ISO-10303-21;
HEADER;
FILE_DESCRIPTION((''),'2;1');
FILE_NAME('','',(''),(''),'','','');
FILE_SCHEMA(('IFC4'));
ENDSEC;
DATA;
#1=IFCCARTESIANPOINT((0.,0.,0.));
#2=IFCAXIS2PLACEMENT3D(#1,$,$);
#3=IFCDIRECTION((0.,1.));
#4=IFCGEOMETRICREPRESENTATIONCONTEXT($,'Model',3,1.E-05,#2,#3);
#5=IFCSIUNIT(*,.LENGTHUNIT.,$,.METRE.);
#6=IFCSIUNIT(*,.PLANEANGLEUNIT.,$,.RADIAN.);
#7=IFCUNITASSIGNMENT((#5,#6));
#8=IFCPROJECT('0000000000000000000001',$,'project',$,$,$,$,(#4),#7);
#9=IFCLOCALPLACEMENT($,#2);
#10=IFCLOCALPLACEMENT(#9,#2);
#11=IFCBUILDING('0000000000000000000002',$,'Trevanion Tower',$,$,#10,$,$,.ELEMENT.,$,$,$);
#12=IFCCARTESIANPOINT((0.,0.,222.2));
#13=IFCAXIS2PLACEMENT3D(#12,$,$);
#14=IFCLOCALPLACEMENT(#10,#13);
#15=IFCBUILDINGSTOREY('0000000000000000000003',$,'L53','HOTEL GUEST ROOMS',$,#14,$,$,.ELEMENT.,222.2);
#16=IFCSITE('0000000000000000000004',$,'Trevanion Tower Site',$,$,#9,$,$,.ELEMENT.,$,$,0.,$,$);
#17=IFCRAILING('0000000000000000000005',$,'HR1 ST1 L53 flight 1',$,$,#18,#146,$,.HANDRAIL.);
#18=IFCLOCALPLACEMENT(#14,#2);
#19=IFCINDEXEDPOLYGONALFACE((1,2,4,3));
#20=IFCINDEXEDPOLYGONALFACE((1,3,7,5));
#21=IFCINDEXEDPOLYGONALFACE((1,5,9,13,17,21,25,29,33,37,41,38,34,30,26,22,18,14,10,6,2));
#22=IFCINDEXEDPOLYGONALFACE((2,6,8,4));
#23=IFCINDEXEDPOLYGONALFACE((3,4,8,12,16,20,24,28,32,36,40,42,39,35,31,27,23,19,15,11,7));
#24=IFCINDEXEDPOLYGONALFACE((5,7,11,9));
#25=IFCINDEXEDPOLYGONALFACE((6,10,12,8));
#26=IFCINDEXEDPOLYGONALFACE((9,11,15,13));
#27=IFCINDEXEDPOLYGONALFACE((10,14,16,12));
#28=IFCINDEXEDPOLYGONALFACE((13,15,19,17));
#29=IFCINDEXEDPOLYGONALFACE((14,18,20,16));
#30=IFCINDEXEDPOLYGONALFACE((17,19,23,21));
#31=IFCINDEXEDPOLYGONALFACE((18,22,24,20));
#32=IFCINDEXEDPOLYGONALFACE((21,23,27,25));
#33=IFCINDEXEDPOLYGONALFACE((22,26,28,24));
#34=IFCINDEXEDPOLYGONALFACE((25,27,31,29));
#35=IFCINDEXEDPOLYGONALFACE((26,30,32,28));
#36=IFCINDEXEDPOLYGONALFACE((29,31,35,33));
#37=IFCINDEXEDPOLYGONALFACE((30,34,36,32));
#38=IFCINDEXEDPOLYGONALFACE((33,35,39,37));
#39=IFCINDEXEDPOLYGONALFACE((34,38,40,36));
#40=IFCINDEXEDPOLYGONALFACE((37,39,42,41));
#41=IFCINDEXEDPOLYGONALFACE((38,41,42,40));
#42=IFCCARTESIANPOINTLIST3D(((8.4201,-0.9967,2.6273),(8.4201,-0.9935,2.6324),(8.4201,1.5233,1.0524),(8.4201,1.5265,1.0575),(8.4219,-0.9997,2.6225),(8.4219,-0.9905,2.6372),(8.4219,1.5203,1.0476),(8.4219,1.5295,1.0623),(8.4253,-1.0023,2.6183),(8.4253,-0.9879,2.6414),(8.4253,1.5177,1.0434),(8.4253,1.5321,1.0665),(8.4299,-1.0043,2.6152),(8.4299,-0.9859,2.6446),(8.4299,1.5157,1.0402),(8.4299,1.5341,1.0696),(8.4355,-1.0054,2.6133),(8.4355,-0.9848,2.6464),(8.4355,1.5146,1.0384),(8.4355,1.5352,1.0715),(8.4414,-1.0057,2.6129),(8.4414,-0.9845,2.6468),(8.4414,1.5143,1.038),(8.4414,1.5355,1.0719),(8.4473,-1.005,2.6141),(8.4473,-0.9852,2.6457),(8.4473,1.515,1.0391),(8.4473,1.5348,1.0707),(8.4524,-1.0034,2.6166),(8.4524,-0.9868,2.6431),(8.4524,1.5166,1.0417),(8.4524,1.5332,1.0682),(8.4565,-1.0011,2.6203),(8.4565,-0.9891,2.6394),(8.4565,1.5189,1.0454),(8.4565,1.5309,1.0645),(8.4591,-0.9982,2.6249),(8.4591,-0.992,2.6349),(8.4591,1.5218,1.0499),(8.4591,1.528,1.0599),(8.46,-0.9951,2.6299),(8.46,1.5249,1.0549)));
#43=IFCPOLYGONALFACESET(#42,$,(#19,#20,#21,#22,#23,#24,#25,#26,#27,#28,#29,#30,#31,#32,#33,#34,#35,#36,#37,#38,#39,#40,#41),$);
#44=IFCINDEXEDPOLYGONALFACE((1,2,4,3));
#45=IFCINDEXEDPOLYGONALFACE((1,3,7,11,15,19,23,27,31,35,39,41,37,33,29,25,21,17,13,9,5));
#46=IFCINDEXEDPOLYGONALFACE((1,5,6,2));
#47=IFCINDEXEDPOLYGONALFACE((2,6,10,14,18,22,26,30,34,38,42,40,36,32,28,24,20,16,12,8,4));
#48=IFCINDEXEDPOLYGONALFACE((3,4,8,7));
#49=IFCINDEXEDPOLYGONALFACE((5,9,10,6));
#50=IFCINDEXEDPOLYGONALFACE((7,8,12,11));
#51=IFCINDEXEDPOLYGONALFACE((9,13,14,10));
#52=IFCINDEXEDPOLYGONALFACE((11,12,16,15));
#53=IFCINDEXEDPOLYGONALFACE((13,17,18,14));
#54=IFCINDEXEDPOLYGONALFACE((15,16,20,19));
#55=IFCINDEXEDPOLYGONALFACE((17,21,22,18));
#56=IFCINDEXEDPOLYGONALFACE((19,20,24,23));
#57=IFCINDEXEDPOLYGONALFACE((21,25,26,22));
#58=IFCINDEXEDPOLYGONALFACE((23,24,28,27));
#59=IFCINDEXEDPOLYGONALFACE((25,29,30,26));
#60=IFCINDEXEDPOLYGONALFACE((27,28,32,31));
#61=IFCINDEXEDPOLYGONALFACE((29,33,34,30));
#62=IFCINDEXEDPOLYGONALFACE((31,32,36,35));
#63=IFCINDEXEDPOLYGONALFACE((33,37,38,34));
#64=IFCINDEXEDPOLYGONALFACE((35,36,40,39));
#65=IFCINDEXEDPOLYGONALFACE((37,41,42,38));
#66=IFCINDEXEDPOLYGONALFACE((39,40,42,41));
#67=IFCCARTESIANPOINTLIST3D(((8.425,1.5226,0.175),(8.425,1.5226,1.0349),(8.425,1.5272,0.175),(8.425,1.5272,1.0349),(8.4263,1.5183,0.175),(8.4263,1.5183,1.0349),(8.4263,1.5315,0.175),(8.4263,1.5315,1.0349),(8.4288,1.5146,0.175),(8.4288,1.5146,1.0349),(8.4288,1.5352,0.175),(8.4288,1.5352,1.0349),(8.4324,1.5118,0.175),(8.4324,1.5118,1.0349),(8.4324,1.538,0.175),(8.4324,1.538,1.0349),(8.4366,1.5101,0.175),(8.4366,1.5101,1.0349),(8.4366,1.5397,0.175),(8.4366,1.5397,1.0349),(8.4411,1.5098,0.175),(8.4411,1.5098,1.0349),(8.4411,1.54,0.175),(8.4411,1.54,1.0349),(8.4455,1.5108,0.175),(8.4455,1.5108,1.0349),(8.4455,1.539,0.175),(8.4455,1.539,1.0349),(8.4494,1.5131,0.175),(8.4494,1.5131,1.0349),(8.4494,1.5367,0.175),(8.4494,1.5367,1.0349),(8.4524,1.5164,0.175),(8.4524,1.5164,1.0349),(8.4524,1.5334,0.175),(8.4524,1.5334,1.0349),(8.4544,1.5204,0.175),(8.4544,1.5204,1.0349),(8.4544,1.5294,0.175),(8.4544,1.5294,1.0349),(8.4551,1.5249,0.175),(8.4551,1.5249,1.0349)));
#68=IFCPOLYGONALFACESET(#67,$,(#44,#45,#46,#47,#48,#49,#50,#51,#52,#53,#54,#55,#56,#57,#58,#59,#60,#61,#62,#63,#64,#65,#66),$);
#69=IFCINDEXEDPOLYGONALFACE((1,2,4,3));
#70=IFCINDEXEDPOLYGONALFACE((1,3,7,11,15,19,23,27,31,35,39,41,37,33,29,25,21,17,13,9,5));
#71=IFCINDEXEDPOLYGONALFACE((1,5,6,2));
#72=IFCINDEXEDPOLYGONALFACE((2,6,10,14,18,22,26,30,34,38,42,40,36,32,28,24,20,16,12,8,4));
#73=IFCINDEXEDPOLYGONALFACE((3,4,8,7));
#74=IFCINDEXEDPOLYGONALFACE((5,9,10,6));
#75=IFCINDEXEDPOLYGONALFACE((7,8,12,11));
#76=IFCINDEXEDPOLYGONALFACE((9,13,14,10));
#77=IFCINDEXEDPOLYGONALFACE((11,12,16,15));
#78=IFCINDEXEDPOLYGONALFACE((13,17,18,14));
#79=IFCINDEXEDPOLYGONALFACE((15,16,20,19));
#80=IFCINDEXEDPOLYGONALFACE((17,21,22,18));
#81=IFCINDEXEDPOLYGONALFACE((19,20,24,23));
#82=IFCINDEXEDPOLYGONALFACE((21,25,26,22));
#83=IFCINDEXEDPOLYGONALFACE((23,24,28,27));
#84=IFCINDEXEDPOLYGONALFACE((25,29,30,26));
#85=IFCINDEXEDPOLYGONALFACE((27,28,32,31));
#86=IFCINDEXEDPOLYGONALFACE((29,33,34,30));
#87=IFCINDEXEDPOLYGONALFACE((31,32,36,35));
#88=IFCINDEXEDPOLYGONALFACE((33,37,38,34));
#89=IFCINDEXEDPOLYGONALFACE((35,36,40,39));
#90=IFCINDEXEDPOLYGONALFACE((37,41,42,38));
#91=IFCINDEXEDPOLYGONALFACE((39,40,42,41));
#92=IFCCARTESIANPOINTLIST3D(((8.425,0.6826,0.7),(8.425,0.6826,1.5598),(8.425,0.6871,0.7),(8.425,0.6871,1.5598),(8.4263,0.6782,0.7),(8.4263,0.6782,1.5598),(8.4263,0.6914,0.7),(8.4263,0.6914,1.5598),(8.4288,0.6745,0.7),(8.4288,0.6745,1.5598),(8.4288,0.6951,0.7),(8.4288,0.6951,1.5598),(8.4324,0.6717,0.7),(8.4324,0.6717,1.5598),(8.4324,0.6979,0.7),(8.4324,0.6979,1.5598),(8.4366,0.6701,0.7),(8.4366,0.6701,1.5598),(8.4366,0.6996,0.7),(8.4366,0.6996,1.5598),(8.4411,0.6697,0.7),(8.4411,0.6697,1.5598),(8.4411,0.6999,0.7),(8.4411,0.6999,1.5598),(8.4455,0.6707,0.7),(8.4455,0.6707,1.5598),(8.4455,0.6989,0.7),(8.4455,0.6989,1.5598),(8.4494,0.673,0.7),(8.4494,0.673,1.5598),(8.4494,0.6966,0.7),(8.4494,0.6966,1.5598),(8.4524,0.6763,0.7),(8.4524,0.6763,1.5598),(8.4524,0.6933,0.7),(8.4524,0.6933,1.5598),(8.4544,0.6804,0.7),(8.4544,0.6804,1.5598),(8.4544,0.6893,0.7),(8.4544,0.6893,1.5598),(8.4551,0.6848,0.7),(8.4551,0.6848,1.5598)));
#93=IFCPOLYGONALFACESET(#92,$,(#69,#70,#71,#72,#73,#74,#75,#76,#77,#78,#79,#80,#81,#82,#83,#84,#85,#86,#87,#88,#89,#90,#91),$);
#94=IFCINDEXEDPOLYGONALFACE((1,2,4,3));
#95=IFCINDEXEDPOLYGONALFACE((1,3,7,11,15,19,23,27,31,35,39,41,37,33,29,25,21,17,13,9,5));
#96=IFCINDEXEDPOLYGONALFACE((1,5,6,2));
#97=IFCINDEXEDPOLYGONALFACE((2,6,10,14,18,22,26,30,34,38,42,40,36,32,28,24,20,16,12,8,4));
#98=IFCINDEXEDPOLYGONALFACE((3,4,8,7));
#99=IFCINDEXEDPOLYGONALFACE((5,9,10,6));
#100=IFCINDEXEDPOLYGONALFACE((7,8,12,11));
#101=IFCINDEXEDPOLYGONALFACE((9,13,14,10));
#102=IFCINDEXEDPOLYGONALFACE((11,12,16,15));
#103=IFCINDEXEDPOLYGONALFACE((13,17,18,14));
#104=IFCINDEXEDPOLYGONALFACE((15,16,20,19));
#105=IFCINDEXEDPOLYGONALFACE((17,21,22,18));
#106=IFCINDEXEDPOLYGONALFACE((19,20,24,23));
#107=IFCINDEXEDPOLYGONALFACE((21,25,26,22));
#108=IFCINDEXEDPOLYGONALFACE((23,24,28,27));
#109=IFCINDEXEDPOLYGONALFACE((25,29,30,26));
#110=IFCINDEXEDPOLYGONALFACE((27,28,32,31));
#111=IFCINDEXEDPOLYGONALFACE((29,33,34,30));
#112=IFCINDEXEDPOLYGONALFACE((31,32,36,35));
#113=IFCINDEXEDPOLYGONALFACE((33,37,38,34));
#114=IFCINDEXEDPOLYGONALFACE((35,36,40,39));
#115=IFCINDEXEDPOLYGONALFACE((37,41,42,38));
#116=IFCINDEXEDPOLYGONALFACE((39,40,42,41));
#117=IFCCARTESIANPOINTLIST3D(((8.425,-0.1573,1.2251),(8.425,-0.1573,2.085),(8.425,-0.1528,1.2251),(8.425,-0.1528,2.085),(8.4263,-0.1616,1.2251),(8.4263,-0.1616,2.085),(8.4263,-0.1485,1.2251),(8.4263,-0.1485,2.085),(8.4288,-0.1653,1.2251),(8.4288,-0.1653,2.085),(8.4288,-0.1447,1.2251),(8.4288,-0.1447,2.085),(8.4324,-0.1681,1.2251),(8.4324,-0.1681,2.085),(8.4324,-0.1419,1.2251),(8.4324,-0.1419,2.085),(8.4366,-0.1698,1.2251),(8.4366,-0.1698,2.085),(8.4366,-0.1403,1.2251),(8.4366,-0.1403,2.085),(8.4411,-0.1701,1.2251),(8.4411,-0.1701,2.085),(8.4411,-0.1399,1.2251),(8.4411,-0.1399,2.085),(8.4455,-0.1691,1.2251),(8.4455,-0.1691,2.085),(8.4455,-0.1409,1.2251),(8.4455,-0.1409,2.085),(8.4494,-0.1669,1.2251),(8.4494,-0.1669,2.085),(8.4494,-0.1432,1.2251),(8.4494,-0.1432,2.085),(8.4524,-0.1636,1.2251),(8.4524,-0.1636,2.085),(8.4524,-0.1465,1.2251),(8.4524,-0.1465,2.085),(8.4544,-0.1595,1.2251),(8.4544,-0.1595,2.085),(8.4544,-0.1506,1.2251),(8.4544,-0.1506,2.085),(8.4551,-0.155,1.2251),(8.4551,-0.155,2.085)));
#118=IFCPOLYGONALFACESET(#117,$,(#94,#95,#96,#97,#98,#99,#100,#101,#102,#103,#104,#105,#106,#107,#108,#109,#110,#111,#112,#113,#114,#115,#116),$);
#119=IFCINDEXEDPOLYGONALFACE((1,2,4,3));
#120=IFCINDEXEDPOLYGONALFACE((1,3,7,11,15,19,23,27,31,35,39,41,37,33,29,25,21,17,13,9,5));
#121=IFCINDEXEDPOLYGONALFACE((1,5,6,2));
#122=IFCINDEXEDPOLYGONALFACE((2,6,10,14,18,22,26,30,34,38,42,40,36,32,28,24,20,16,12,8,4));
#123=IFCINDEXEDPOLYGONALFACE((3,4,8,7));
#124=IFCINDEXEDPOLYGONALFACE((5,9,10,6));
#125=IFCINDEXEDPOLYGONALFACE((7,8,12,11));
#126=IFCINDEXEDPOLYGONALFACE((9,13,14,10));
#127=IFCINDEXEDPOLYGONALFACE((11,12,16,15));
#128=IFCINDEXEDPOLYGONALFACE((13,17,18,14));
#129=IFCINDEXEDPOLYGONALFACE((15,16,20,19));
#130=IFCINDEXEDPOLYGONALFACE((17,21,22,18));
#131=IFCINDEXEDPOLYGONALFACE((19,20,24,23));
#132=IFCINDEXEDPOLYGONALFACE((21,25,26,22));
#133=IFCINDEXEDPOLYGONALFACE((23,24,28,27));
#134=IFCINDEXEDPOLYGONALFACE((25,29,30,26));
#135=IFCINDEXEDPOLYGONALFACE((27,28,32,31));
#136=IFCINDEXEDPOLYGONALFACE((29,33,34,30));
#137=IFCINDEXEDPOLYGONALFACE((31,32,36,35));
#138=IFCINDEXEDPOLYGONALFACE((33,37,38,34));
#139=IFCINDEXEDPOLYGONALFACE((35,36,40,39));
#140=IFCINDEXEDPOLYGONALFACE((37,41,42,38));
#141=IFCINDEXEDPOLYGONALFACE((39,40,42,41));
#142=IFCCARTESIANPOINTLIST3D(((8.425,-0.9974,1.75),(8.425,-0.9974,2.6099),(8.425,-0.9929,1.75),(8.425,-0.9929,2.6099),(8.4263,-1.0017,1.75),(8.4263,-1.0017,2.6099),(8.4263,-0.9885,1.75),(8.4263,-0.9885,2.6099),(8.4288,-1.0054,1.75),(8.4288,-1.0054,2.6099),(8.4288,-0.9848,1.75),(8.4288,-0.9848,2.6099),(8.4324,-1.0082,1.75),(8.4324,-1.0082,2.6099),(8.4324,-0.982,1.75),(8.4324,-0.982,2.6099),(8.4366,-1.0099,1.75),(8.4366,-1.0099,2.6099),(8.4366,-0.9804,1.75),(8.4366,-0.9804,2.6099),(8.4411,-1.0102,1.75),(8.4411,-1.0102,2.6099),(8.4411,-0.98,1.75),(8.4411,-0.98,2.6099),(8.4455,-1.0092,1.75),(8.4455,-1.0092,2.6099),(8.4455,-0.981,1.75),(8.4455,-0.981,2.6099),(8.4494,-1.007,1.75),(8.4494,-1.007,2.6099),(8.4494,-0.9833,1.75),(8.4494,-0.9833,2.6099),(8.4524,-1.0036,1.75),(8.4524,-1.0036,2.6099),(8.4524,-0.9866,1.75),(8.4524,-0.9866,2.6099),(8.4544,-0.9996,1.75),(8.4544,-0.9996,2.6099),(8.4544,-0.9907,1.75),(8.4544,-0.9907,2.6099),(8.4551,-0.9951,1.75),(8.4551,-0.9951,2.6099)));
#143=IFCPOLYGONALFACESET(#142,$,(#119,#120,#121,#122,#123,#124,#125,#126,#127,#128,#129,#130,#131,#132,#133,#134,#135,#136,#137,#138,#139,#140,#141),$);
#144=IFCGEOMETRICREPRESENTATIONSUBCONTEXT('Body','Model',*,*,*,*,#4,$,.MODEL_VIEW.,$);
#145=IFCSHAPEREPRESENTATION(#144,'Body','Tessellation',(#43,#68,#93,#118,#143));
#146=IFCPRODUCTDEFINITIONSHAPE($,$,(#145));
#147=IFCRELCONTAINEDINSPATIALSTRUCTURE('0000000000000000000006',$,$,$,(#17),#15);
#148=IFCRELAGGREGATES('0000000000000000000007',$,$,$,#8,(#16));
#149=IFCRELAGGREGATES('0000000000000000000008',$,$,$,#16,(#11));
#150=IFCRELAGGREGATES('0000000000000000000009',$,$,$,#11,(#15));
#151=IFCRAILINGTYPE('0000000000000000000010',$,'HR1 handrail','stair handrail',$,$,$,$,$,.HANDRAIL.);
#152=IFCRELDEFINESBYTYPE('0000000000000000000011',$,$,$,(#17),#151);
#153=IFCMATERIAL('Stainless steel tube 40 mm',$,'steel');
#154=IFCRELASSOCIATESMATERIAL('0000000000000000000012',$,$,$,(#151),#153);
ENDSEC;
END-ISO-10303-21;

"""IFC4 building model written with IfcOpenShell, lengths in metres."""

from ifc_helpers import new_model, si_unit, direction, frame, origin, origin_2d, place, context, subcontext, project, spatial, circle, extrude, material, type_object, element, save


model = new_model("IFC4")

# Units and contexts
model_context = context("Model", 3, precision=1e-05, world=origin(), true_north=direction((0.0, 1.0)))
body_context = subcontext(model_context, "Body", "Model", "MODEL_VIEW")
ifc_project = project(units=[si_unit("LENGTHUNIT", "METRE"), si_unit("PLANEANGLEUNIT", "RADIAN")], contexts=[model_context])

# Site, building, storey
site_placement = place(None, origin())
site = spatial("IfcSite", under=ifc_project, at=site_placement, Name="Trevanion Tower Site", CompositionType="ELEMENT", RefElevation=0.0)
building_placement = place(site_placement, origin())
building = spatial("IfcBuilding", under=site, at=building_placement, Name="Trevanion Tower", CompositionType="ELEMENT")
storey_placement = place(building_placement, frame((0.0, 0.0, 222.2)))
storey = spatial("IfcBuildingStorey", under=building, at=storey_placement, Name="L53", Description="HOTEL GUEST ROOMS", CompositionType="ELEMENT", Elevation=222.2)

# Railing
ifc_material_1 = material(Name="Stainless steel tube 40 mm", Category="steel")
railing_type = type_object("IfcRailingType", Name="HR1 handrail", Description="stair handrail", PredefinedType="HANDRAIL", material=ifc_material_1)
for number, where, name in (
    (1, (8.4399, 1.5249, 0.175), "HR1 ST1 L53 flight 1"),
):
    element("IfcRailing", number, at=place(storey_placement, frame(where)), inside=storey, type_object=railing_type, Name=name, PredefinedType="HANDRAIL", context=body_context, shape_type="SweptSolid", body=[
        extrude(circle(Radius=0.02, at=origin_2d()), frame((0.0, 0.0, 0.8799), z_axis=(0.0, -0.848008, 0.529984), x_axis=(1.0, 0.0, 0.0)), (0.0, 0.0, 1.0), 2.9717),
        extrude(circle(Radius=0.0151, at=origin_2d()), origin(), (0.0, 0.0, 1.0), 0.8599),
        extrude(circle(Radius=0.0151, at=origin_2d()), frame((0.0, -0.8401, 0.5249)), (0.0, 0.0, 1.0), 0.8599),
        extrude(circle(Radius=0.0151, at=origin_2d()), frame((0.0, -1.6799, 1.05)), (0.0, 0.0, 1.0), 0.8599),
        extrude(circle(Radius=0.0151, at=origin_2d()), frame((0.0, -2.52, 1.575)), (0.0, 0.0, 1.0), 0.8599),
    ])

save(model, "model.ifc")
